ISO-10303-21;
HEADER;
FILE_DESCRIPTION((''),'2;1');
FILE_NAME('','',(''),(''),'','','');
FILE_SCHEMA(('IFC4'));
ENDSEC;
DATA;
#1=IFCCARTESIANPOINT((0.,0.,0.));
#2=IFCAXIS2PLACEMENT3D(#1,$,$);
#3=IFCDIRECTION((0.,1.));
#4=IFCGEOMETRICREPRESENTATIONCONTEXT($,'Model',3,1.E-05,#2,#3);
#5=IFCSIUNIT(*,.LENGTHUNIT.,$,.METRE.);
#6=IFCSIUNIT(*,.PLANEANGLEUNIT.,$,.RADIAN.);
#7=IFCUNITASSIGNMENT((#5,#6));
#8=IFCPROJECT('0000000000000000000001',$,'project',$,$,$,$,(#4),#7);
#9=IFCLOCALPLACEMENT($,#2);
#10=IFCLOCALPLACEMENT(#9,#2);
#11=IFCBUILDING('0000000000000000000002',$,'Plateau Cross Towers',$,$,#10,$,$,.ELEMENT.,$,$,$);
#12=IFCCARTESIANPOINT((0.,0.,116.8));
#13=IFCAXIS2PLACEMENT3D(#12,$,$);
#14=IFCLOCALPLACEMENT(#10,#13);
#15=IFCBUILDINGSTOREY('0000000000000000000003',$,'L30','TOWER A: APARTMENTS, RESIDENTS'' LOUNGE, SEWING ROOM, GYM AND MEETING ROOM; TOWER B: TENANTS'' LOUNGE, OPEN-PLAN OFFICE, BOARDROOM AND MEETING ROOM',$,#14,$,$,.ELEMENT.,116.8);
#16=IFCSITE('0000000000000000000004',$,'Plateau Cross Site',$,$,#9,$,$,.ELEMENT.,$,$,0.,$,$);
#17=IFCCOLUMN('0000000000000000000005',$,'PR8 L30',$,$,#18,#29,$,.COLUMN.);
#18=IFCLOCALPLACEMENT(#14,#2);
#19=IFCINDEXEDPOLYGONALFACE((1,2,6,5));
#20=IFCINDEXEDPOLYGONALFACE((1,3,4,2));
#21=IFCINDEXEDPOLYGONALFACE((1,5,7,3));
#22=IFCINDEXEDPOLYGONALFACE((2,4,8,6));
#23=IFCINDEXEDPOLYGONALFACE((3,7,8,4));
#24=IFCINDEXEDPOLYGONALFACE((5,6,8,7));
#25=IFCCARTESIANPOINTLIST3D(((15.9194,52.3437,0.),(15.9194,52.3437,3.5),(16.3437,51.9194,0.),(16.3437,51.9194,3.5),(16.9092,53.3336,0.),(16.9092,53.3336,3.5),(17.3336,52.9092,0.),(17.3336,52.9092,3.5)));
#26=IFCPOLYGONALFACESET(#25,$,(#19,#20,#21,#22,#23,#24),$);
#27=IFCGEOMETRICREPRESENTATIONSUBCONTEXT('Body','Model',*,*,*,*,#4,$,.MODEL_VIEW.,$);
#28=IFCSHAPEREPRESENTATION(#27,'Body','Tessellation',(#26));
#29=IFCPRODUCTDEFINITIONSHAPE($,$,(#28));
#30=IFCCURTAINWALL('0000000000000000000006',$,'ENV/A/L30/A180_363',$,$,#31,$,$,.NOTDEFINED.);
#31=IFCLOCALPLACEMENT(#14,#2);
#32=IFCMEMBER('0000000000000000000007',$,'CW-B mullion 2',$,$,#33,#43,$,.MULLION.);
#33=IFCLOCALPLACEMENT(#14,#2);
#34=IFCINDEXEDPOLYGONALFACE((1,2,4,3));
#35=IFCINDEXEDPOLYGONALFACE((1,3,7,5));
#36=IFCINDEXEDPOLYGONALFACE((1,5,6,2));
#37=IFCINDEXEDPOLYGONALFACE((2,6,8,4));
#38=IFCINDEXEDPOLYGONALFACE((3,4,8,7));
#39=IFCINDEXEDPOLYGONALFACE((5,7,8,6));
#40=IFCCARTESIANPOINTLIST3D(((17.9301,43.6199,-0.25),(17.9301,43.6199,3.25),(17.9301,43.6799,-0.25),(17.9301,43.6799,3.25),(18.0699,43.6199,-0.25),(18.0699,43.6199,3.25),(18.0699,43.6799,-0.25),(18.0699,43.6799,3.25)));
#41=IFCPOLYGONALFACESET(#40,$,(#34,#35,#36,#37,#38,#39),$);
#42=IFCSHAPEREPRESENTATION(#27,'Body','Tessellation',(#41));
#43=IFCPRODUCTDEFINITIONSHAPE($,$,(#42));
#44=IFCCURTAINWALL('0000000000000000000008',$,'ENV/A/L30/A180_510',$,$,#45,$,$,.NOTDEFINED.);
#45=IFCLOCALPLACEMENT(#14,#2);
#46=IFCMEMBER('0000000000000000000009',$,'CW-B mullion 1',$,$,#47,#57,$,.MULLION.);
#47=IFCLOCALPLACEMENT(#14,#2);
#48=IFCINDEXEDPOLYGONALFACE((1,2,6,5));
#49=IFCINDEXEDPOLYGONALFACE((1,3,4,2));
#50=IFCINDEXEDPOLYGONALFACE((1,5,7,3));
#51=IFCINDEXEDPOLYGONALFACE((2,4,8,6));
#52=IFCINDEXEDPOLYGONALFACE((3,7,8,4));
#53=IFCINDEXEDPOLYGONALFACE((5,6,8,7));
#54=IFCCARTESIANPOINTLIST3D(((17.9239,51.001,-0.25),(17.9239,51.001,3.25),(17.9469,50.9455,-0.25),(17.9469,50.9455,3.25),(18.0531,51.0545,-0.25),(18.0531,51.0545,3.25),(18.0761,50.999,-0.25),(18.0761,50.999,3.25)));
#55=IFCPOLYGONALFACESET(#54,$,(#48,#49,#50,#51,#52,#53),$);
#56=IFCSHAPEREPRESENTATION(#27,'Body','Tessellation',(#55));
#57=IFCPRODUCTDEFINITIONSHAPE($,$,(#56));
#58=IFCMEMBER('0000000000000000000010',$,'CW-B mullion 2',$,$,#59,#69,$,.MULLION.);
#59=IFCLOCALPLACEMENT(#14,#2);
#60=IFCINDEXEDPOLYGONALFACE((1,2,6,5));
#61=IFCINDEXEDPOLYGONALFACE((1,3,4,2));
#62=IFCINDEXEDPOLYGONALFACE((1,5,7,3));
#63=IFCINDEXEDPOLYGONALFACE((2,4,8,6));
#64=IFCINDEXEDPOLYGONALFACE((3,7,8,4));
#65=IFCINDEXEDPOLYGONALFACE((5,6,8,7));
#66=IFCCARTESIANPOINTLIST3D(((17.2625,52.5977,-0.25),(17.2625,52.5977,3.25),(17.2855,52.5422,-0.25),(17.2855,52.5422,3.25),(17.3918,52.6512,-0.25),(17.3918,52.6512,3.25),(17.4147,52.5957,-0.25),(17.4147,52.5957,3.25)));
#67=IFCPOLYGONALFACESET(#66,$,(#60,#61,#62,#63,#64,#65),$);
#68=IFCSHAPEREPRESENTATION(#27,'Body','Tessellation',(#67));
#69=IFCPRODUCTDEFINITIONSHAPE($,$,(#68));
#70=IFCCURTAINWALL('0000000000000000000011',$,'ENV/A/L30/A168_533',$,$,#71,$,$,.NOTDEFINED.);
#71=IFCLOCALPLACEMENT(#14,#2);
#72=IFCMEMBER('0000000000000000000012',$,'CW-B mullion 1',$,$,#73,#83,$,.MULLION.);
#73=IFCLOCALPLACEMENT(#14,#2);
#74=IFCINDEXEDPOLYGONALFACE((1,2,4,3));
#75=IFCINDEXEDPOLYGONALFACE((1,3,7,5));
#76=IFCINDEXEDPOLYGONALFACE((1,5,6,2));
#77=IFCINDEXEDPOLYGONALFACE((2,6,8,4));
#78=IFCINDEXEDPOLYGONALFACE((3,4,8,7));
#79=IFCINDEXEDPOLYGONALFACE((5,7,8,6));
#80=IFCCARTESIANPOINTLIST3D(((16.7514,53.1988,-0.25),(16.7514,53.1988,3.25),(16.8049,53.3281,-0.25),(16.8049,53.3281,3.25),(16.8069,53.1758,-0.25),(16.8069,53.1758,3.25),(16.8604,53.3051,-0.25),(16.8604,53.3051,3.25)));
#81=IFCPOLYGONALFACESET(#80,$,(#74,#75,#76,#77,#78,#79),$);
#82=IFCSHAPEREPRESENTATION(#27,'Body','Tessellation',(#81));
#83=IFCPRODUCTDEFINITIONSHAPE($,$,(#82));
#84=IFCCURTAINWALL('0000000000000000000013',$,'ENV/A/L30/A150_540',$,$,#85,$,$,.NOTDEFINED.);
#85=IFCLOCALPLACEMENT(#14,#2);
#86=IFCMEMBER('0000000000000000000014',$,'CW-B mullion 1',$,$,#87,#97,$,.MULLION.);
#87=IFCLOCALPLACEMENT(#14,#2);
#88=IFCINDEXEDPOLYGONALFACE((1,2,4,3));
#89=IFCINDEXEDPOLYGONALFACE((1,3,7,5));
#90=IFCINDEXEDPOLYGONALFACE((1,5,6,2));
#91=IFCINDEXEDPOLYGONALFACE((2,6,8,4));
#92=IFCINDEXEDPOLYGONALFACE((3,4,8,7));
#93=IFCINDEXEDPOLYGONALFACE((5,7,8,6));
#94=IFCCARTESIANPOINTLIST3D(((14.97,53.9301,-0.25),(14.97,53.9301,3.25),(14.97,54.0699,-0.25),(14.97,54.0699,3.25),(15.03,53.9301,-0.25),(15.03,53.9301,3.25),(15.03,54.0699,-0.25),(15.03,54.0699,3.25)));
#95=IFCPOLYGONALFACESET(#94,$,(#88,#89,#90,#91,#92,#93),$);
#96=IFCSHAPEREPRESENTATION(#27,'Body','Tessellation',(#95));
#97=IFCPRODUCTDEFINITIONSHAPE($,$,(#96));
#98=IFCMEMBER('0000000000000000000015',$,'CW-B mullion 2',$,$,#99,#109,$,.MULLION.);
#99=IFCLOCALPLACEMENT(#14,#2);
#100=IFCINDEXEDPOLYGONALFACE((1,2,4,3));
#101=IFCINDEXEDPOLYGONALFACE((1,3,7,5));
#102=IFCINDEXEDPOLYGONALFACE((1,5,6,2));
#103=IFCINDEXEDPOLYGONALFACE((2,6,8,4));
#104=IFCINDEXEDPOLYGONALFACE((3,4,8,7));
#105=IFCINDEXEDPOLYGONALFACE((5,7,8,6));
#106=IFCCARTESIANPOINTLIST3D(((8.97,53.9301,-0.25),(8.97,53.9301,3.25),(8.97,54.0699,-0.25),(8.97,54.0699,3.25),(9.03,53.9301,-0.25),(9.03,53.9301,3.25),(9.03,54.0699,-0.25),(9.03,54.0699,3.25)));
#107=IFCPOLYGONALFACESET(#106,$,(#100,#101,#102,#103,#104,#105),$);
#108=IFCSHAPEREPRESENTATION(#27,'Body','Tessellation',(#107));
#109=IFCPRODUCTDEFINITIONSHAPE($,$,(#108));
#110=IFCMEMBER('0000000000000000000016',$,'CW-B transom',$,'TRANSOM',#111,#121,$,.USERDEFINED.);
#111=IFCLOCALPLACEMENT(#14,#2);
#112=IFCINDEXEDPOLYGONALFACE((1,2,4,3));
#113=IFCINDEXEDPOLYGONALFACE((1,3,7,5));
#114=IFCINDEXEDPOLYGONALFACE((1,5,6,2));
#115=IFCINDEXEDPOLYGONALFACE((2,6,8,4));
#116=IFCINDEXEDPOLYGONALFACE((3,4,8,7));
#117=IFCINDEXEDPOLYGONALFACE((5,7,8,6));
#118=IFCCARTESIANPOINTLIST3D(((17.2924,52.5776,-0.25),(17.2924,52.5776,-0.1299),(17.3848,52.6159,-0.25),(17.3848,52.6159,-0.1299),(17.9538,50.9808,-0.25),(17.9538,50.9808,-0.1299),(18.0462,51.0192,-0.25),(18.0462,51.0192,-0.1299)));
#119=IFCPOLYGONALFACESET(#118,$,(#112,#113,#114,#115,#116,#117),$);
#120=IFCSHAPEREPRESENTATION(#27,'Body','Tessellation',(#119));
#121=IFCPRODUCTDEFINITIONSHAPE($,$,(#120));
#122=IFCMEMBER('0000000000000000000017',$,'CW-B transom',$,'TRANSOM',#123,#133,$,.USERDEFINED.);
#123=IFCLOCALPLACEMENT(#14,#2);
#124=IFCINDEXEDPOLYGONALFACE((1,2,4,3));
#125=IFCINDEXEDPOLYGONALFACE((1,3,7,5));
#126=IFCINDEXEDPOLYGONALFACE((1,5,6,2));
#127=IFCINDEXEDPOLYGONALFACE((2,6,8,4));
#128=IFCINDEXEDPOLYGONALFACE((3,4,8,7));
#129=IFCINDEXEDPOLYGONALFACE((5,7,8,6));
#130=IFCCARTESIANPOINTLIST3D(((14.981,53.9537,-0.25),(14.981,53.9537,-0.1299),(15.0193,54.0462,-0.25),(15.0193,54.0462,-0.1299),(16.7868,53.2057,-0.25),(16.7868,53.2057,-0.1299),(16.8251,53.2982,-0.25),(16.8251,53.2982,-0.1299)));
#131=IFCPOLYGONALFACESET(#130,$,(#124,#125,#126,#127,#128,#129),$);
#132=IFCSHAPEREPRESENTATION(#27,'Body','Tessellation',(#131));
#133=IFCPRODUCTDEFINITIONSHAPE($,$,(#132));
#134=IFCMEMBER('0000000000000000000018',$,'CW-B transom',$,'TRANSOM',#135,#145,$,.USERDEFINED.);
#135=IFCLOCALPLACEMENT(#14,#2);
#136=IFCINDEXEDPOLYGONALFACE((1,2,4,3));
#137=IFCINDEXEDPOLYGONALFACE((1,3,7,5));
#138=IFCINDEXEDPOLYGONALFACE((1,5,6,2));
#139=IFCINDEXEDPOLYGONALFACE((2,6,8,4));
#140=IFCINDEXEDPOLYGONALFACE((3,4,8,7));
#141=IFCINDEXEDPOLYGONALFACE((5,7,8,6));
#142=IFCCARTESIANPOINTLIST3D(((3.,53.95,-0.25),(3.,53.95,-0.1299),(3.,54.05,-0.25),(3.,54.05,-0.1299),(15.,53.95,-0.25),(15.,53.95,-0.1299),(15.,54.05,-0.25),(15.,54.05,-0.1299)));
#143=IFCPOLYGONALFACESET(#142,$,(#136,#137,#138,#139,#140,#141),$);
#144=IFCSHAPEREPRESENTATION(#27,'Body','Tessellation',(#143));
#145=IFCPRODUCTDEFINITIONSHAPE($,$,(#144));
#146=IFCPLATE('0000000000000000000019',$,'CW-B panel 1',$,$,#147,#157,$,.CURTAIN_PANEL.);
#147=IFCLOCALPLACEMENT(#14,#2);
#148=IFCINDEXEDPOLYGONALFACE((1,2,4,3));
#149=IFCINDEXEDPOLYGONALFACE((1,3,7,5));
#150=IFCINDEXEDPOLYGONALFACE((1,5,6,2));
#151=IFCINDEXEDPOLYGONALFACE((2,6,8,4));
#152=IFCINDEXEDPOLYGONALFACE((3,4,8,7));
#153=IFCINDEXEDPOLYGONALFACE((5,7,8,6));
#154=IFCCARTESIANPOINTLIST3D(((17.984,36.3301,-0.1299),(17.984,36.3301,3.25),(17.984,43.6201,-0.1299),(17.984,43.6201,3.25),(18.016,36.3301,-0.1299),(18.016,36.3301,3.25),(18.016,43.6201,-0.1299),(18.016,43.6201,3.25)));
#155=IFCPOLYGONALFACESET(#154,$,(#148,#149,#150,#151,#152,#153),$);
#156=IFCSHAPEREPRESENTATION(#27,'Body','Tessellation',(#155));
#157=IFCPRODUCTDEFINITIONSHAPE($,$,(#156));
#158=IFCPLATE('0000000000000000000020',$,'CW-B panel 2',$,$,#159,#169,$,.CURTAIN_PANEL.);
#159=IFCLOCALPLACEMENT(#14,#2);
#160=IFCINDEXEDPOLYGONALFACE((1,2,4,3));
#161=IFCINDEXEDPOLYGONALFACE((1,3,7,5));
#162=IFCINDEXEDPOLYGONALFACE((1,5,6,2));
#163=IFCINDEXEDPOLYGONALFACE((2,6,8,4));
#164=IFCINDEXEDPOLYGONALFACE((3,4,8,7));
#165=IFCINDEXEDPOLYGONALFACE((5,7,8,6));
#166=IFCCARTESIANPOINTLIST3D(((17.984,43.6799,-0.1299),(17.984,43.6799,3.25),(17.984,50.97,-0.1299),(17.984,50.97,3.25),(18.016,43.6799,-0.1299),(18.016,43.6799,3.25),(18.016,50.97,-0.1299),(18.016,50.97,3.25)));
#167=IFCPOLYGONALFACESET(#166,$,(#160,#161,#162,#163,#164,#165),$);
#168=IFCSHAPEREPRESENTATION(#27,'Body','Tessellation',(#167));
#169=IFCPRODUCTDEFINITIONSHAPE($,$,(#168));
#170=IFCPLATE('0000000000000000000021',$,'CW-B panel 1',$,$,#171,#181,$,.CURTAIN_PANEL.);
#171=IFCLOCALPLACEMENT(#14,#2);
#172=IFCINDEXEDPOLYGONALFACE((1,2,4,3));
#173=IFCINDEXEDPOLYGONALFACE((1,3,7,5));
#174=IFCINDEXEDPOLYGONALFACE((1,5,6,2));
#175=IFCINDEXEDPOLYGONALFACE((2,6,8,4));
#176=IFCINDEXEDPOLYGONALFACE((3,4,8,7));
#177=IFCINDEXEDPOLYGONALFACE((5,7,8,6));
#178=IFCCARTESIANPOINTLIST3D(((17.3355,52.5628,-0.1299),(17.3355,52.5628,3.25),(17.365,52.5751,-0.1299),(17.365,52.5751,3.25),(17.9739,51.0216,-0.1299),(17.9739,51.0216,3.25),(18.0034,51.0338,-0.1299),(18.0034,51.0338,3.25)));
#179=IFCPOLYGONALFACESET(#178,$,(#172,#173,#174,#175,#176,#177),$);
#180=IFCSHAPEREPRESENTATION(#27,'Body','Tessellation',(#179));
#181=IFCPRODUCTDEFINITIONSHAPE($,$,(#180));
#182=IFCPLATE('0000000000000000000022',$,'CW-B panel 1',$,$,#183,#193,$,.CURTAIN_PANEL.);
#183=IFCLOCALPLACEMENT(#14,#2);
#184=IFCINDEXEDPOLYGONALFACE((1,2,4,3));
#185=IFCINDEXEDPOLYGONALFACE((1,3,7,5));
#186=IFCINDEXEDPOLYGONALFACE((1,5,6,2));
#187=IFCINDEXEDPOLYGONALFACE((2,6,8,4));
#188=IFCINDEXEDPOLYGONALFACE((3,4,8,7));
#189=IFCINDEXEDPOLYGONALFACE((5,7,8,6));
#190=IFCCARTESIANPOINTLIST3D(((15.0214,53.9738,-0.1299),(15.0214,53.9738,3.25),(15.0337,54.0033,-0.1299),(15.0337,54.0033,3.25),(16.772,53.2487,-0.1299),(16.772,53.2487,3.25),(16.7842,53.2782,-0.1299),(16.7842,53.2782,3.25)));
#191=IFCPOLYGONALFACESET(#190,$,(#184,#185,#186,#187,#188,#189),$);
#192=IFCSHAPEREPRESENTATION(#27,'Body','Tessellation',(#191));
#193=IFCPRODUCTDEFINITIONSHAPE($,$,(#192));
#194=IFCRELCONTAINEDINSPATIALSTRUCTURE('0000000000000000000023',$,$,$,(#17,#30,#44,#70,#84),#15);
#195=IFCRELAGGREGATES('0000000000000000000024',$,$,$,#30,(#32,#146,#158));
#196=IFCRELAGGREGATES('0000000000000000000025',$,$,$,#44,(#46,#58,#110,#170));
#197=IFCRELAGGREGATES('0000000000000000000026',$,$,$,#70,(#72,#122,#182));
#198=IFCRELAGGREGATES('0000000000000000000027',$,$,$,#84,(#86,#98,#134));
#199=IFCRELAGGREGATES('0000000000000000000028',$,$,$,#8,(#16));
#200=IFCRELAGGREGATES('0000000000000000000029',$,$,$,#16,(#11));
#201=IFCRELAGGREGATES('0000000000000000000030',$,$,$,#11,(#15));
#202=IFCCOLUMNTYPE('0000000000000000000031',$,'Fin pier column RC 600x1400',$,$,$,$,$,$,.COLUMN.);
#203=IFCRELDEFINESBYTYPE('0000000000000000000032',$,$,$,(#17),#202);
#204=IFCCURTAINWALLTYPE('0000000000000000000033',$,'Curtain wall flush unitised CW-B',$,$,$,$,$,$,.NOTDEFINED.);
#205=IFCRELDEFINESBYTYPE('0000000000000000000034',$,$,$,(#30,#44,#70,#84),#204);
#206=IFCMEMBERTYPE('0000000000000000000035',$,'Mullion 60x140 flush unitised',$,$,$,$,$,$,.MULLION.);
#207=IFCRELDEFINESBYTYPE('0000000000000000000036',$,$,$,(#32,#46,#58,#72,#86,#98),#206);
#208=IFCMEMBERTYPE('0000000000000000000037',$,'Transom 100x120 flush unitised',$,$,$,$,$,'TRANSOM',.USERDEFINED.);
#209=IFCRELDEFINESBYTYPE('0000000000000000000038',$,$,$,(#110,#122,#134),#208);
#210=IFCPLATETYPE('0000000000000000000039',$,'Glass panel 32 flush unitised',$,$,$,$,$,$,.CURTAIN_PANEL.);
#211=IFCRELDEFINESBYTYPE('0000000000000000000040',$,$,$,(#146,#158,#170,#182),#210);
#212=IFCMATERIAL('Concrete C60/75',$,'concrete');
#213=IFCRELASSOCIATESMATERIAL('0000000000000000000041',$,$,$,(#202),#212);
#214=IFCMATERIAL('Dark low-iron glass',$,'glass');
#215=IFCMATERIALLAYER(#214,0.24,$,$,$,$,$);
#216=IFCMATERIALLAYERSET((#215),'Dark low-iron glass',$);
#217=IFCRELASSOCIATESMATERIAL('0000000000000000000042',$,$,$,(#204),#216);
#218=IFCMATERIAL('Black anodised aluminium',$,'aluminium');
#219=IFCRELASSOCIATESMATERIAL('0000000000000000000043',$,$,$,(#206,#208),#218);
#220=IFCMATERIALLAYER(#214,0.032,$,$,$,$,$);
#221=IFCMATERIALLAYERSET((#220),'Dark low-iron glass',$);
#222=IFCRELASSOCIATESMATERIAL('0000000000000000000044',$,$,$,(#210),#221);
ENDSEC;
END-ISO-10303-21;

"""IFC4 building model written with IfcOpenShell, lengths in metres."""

from ifc_helpers import new_model, si_unit, direction, frame, origin, origin_2d, place, context, subcontext, project, spatial, rectangle, extrude, material, layer, layer_set, material_profile, profile_set, type_object, element, aggregate, save


model = new_model("IFC4")

# Units and contexts
model_context = context("Model", 3, precision=1e-05, world=origin(), true_north=direction((0.0, 1.0)))
body_context = subcontext(model_context, "Body", "Model", "MODEL_VIEW")
ifc_project = project(units=[si_unit("LENGTHUNIT", "METRE"), si_unit("PLANEANGLEUNIT", "RADIAN")], contexts=[model_context])

# Site, building, storey
site_placement = place(None, origin())
site = spatial("IfcSite", under=ifc_project, at=site_placement, Name="Plateau Cross Site", CompositionType="ELEMENT", RefElevation=0.0)
building_placement = place(site_placement, origin())
building = spatial("IfcBuilding", under=site, at=building_placement, Name="Plateau Cross Towers", CompositionType="ELEMENT")
storey_placement = place(building_placement, frame((0.0, 0.0, 116.8)))
storey = spatial("IfcBuildingStorey", under=building, at=storey_placement, Name="L30", Description="TOWER A: APARTMENTS, RESIDENTS' LOUNGE, SEWING ROOM, GYM AND MEETING ROOM; TOWER B: TENANTS' LOUNGE, OPEN-PLAN OFFICE, BOARDROOM AND MEETING ROOM", CompositionType="ELEMENT", Elevation=116.8)

# Column
ifc_material_1 = material(Name="Concrete C60/75", Category="concrete")
ifc_material_profile_1 = material_profile(ifc_material_1, rectangle(XDim=0.6001, YDim=1.3999, at=origin_2d()), Name="RC 600x1400")
ifc_profile_set_1 = profile_set([ifc_material_profile_1], Name="Concrete C60/75")
column_type = type_object("IfcColumnType", Name="Fin pier column RC 600x1400", PredefinedType="COLUMN", material=ifc_profile_set_1)
column_placement = place(storey_placement, frame((16.6265, 52.6265, 0.0), z_axis=(0.0, 0.0, 1.0), x_axis=(-0.707107, 0.707107, 0.0)))
element("IfcColumn", 1, at=column_placement, inside=storey, type_object=column_type, Name="PR8 L30", PredefinedType="COLUMN", context=body_context, shape_type="SweptSolid", body=[
    extrude(rectangle(XDim=0.6001, YDim=1.3999, at=origin_2d()), origin(), (0.0, 0.0, 1.0), 3.5),
])

# Curtain wall, member
ifc_material_2 = material(Name="Dark low-iron glass", Category="glass")
ifc_layer_1 = layer(ifc_material_2, 0.24)
ifc_layer_set_1 = layer_set([ifc_layer_1], Name="Dark low-iron glass")
curtain_wall_type = type_object("IfcCurtainWallType", Name="Curtain wall flush unitised CW-B", PredefinedType="NOTDEFINED", material=ifc_layer_set_1)
curtain_wall_1_placement = place(storey_placement, origin())
curtain_wall_1 = element("IfcCurtainWall", 2, at=curtain_wall_1_placement, inside=storey, type_object=curtain_wall_type, Name="ENV/A/L30/A180_363", PredefinedType="NOTDEFINED")
ifc_material_3 = material(Name="Black anodised aluminium", Category="aluminium")
ifc_material_profile_2 = material_profile(ifc_material_3, rectangle(XDim=0.0601, YDim=0.1399, at=origin_2d()), Name="MULLION 60x140")
ifc_profile_set_2 = profile_set([ifc_material_profile_2], Name="Black anodised aluminium")
member_type_1 = type_object("IfcMemberType", Name="Mullion 60x140 flush unitised", PredefinedType="MULLION", material=ifc_profile_set_2)
member_1_placement = place(storey_placement, frame((18.0, 43.6499, -0.25), z_axis=(0.0, 0.0, 1.0), x_axis=(0.0, 1.0, 0.0)))
member_1 = element("IfcMember", 3, at=member_1_placement, type_object=member_type_1, Name="CW-B mullion 2", PredefinedType="MULLION", context=body_context, shape_type="SweptSolid", body=[
    extrude(rectangle(XDim=0.0601, YDim=0.1399, at=origin_2d()), origin(), (0.0, 0.0, 1.0), 3.5),
])

# Curtain wall, members
curtain_wall_2_placement = place(storey_placement, origin())
curtain_wall_2 = element("IfcCurtainWall", 4, at=curtain_wall_2_placement, inside=storey, type_object=curtain_wall_type, Name="ENV/A/L30/A180_510", PredefinedType="NOTDEFINED")
member_2_placement = place(storey_placement, frame((18.0, 51.0, -0.25), z_axis=(0.0, 0.0, 1.0), x_axis=(-0.382684, 0.923879, 0.0)))
member_2 = element("IfcMember", 5, at=member_2_placement, type_object=member_type_1, Name="CW-B mullion 1", PredefinedType="MULLION", context=body_context, shape_type="SweptSolid", body=[
    extrude(rectangle(XDim=0.0601, YDim=0.1399, at=origin_2d()), origin(), (0.0, 0.0, 1.0), 3.5),
])
member_3_placement = place(storey_placement, frame((17.3386, 52.5967, -0.25), z_axis=(0.0, 0.0, 1.0), x_axis=(-0.382684, 0.923879, 0.0)))
member_3 = element("IfcMember", 6, at=member_3_placement, type_object=member_type_1, Name="CW-B mullion 2", PredefinedType="MULLION", context=body_context, shape_type="SweptSolid", body=[
    extrude(rectangle(XDim=0.0601, YDim=0.1399, at=origin_2d()), origin(), (0.0, 0.0, 1.0), 3.5),
])

# Curtain wall, member
curtain_wall_3_placement = place(storey_placement, origin())
curtain_wall_3 = element("IfcCurtainWall", 7, at=curtain_wall_3_placement, inside=storey, type_object=curtain_wall_type, Name="ENV/A/L30/A168_533", PredefinedType="NOTDEFINED")
member_4_placement = place(storey_placement, frame((16.8059, 53.252, -0.25), z_axis=(0.0, 0.0, 1.0), x_axis=(-0.923879, 0.382684, 0.0)))
member_4 = element("IfcMember", 8, at=member_4_placement, type_object=member_type_1, Name="CW-B mullion 1", PredefinedType="MULLION", context=body_context, shape_type="SweptSolid", body=[
    extrude(rectangle(XDim=0.0601, YDim=0.1399, at=origin_2d()), origin(), (0.0, 0.0, 1.0), 3.5),
])

# Curtain wall, members
curtain_wall_4_placement = place(storey_placement, origin())
curtain_wall_4 = element("IfcCurtainWall", 9, at=curtain_wall_4_placement, inside=storey, type_object=curtain_wall_type, Name="ENV/A/L30/A150_540", PredefinedType="NOTDEFINED")
member_5_placement = place(storey_placement, frame((15.0, 54.0, -0.25), z_axis=(0.0, 0.0, 1.0), x_axis=(-1.0, 0.0, 0.0)))
member_5 = element("IfcMember", 10, at=member_5_placement, type_object=member_type_1, Name="CW-B mullion 1", PredefinedType="MULLION", context=body_context, shape_type="SweptSolid", body=[
    extrude(rectangle(XDim=0.0601, YDim=0.1399, at=origin_2d()), origin(), (0.0, 0.0, 1.0), 3.5),
])
member_6_placement = place(storey_placement, frame((9.0, 54.0, -0.25), z_axis=(0.0, 0.0, 1.0), x_axis=(-1.0, 0.0, 0.0)))
member_6 = element("IfcMember", 11, at=member_6_placement, type_object=member_type_1, Name="CW-B mullion 2", PredefinedType="MULLION", context=body_context, shape_type="SweptSolid", body=[
    extrude(rectangle(XDim=0.0601, YDim=0.1399, at=origin_2d()), origin(), (0.0, 0.0, 1.0), 3.5),
])

# Members
ifc_material_profile_3 = material_profile(ifc_material_3, rectangle(XDim=0.1001, YDim=0.1201, at=origin_2d()), Name="TRANSOM 100x120")
ifc_profile_set_3 = profile_set([ifc_material_profile_3], Name="Black anodised aluminium")
member_type_2 = type_object("IfcMemberType", Name="Transom 100x120 flush unitised", ElementType="TRANSOM", PredefinedType="USERDEFINED", material=ifc_profile_set_3)
member_7_placement = place(storey_placement, frame((18.0, 51.0, -0.1899), z_axis=(-0.382689, 0.923877, 0.0), x_axis=(-0.923877, -0.382689, 0.0)))
member_7 = element("IfcMember", 12, at=member_7_placement, type_object=member_type_2, Name="CW-B transom", ObjectType="TRANSOM", PredefinedType="USERDEFINED", context=body_context, shape_type="SweptSolid", body=[
    extrude(rectangle(XDim=0.1001, YDim=0.1201, at=origin_2d()), origin(), (0.0, 0.0, 1.0), 1.7283),
])
member_8_placement = place(storey_placement, frame((16.8059, 53.252, -0.1899), z_axis=(-0.923877, 0.38269, 0.0), x_axis=(-0.38269, -0.923877, 0.0)))
member_8 = element("IfcMember", 13, at=member_8_placement, type_object=member_type_2, Name="CW-B transom", ObjectType="TRANSOM", PredefinedType="USERDEFINED", context=body_context, shape_type="SweptSolid", body=[
    extrude(rectangle(XDim=0.1001, YDim=0.1201, at=origin_2d()), origin(), (0.0, 0.0, 1.0), 1.9546),
])
member_9_placement = place(storey_placement, frame((15.0, 54.0, -0.1899), z_axis=(-1.0, 0.0, 0.0), x_axis=(0.0, -1.0, 0.0)))
member_9 = element("IfcMember", 14, at=member_9_placement, type_object=member_type_2, Name="CW-B transom", ObjectType="TRANSOM", PredefinedType="USERDEFINED", context=body_context, shape_type="SweptSolid", body=[
    extrude(rectangle(XDim=0.1001, YDim=0.1201, at=origin_2d()), origin(), (0.0, 0.0, 1.0), 12.0),
])

# Plates
ifc_layer_2 = layer(ifc_material_2, 0.032)
ifc_layer_set_2 = layer_set([ifc_layer_2], Name="Dark low-iron glass")
plate_type = type_object("IfcPlateType", Name="Glass panel 32 flush unitised", PredefinedType="CURTAIN_PANEL", material=ifc_layer_set_2)
plate_1_placement = place(storey_placement, frame((18.0, 39.9751, -0.1299), z_axis=(0.0, 0.0, 1.0), x_axis=(0.0, 1.0, 0.0)))
plate_1 = element("IfcPlate", 15, at=plate_1_placement, type_object=plate_type, Name="CW-B panel 1", PredefinedType="CURTAIN_PANEL", context=body_context, shape_type="SweptSolid", body=[
    extrude(rectangle(XDim=7.29, YDim=0.032, at=origin_2d()), origin(), (0.0, 0.0, 1.0), 3.3799),
])
plate_2_placement = place(storey_placement, frame((18.0, 47.325, -0.1299), z_axis=(0.0, 0.0, 1.0), x_axis=(0.0, 1.0, 0.0)))
plate_2 = element("IfcPlate", 16, at=plate_2_placement, type_object=plate_type, Name="CW-B panel 2", PredefinedType="CURTAIN_PANEL", context=body_context, shape_type="SweptSolid", body=[
    extrude(rectangle(XDim=7.29, YDim=0.032, at=origin_2d()), origin(), (0.0, 0.0, 1.0), 3.3799),
])
aggregate(curtain_wall_1, [member_1, plate_1, plate_2])
plate_3_placement = place(storey_placement, frame((17.6694, 51.7983, -0.1299), z_axis=(0.0, 0.0, 1.0), x_axis=(-0.382684, 0.923879, 0.0)))
plate_3 = element("IfcPlate", 17, at=plate_3_placement, type_object=plate_type, Name="CW-B panel 1", PredefinedType="CURTAIN_PANEL", context=body_context, shape_type="SweptSolid", body=[
    extrude(rectangle(XDim=1.6682, YDim=0.032, at=origin_2d()), origin(), (0.0, 0.0, 1.0), 3.3799),
])
aggregate(curtain_wall_2, [member_2, member_3, member_7, plate_3])
plate_4_placement = place(storey_placement, frame((15.9028, 53.626, -0.1299), z_axis=(0.0, 0.0, 1.0), x_axis=(-0.923879, 0.382684, 0.0)))
plate_4 = element("IfcPlate", 18, at=plate_4_placement, type_object=plate_type, Name="CW-B panel 1", PredefinedType="CURTAIN_PANEL", context=body_context, shape_type="SweptSolid", body=[
    extrude(rectangle(XDim=1.8948, YDim=0.032, at=origin_2d()), origin(), (0.0, 0.0, 1.0), 3.3799),
])
aggregate(curtain_wall_3, [member_4, member_8, plate_4])
aggregate(curtain_wall_4, [member_5, member_6, member_9])

save(model, "model.ifc")
